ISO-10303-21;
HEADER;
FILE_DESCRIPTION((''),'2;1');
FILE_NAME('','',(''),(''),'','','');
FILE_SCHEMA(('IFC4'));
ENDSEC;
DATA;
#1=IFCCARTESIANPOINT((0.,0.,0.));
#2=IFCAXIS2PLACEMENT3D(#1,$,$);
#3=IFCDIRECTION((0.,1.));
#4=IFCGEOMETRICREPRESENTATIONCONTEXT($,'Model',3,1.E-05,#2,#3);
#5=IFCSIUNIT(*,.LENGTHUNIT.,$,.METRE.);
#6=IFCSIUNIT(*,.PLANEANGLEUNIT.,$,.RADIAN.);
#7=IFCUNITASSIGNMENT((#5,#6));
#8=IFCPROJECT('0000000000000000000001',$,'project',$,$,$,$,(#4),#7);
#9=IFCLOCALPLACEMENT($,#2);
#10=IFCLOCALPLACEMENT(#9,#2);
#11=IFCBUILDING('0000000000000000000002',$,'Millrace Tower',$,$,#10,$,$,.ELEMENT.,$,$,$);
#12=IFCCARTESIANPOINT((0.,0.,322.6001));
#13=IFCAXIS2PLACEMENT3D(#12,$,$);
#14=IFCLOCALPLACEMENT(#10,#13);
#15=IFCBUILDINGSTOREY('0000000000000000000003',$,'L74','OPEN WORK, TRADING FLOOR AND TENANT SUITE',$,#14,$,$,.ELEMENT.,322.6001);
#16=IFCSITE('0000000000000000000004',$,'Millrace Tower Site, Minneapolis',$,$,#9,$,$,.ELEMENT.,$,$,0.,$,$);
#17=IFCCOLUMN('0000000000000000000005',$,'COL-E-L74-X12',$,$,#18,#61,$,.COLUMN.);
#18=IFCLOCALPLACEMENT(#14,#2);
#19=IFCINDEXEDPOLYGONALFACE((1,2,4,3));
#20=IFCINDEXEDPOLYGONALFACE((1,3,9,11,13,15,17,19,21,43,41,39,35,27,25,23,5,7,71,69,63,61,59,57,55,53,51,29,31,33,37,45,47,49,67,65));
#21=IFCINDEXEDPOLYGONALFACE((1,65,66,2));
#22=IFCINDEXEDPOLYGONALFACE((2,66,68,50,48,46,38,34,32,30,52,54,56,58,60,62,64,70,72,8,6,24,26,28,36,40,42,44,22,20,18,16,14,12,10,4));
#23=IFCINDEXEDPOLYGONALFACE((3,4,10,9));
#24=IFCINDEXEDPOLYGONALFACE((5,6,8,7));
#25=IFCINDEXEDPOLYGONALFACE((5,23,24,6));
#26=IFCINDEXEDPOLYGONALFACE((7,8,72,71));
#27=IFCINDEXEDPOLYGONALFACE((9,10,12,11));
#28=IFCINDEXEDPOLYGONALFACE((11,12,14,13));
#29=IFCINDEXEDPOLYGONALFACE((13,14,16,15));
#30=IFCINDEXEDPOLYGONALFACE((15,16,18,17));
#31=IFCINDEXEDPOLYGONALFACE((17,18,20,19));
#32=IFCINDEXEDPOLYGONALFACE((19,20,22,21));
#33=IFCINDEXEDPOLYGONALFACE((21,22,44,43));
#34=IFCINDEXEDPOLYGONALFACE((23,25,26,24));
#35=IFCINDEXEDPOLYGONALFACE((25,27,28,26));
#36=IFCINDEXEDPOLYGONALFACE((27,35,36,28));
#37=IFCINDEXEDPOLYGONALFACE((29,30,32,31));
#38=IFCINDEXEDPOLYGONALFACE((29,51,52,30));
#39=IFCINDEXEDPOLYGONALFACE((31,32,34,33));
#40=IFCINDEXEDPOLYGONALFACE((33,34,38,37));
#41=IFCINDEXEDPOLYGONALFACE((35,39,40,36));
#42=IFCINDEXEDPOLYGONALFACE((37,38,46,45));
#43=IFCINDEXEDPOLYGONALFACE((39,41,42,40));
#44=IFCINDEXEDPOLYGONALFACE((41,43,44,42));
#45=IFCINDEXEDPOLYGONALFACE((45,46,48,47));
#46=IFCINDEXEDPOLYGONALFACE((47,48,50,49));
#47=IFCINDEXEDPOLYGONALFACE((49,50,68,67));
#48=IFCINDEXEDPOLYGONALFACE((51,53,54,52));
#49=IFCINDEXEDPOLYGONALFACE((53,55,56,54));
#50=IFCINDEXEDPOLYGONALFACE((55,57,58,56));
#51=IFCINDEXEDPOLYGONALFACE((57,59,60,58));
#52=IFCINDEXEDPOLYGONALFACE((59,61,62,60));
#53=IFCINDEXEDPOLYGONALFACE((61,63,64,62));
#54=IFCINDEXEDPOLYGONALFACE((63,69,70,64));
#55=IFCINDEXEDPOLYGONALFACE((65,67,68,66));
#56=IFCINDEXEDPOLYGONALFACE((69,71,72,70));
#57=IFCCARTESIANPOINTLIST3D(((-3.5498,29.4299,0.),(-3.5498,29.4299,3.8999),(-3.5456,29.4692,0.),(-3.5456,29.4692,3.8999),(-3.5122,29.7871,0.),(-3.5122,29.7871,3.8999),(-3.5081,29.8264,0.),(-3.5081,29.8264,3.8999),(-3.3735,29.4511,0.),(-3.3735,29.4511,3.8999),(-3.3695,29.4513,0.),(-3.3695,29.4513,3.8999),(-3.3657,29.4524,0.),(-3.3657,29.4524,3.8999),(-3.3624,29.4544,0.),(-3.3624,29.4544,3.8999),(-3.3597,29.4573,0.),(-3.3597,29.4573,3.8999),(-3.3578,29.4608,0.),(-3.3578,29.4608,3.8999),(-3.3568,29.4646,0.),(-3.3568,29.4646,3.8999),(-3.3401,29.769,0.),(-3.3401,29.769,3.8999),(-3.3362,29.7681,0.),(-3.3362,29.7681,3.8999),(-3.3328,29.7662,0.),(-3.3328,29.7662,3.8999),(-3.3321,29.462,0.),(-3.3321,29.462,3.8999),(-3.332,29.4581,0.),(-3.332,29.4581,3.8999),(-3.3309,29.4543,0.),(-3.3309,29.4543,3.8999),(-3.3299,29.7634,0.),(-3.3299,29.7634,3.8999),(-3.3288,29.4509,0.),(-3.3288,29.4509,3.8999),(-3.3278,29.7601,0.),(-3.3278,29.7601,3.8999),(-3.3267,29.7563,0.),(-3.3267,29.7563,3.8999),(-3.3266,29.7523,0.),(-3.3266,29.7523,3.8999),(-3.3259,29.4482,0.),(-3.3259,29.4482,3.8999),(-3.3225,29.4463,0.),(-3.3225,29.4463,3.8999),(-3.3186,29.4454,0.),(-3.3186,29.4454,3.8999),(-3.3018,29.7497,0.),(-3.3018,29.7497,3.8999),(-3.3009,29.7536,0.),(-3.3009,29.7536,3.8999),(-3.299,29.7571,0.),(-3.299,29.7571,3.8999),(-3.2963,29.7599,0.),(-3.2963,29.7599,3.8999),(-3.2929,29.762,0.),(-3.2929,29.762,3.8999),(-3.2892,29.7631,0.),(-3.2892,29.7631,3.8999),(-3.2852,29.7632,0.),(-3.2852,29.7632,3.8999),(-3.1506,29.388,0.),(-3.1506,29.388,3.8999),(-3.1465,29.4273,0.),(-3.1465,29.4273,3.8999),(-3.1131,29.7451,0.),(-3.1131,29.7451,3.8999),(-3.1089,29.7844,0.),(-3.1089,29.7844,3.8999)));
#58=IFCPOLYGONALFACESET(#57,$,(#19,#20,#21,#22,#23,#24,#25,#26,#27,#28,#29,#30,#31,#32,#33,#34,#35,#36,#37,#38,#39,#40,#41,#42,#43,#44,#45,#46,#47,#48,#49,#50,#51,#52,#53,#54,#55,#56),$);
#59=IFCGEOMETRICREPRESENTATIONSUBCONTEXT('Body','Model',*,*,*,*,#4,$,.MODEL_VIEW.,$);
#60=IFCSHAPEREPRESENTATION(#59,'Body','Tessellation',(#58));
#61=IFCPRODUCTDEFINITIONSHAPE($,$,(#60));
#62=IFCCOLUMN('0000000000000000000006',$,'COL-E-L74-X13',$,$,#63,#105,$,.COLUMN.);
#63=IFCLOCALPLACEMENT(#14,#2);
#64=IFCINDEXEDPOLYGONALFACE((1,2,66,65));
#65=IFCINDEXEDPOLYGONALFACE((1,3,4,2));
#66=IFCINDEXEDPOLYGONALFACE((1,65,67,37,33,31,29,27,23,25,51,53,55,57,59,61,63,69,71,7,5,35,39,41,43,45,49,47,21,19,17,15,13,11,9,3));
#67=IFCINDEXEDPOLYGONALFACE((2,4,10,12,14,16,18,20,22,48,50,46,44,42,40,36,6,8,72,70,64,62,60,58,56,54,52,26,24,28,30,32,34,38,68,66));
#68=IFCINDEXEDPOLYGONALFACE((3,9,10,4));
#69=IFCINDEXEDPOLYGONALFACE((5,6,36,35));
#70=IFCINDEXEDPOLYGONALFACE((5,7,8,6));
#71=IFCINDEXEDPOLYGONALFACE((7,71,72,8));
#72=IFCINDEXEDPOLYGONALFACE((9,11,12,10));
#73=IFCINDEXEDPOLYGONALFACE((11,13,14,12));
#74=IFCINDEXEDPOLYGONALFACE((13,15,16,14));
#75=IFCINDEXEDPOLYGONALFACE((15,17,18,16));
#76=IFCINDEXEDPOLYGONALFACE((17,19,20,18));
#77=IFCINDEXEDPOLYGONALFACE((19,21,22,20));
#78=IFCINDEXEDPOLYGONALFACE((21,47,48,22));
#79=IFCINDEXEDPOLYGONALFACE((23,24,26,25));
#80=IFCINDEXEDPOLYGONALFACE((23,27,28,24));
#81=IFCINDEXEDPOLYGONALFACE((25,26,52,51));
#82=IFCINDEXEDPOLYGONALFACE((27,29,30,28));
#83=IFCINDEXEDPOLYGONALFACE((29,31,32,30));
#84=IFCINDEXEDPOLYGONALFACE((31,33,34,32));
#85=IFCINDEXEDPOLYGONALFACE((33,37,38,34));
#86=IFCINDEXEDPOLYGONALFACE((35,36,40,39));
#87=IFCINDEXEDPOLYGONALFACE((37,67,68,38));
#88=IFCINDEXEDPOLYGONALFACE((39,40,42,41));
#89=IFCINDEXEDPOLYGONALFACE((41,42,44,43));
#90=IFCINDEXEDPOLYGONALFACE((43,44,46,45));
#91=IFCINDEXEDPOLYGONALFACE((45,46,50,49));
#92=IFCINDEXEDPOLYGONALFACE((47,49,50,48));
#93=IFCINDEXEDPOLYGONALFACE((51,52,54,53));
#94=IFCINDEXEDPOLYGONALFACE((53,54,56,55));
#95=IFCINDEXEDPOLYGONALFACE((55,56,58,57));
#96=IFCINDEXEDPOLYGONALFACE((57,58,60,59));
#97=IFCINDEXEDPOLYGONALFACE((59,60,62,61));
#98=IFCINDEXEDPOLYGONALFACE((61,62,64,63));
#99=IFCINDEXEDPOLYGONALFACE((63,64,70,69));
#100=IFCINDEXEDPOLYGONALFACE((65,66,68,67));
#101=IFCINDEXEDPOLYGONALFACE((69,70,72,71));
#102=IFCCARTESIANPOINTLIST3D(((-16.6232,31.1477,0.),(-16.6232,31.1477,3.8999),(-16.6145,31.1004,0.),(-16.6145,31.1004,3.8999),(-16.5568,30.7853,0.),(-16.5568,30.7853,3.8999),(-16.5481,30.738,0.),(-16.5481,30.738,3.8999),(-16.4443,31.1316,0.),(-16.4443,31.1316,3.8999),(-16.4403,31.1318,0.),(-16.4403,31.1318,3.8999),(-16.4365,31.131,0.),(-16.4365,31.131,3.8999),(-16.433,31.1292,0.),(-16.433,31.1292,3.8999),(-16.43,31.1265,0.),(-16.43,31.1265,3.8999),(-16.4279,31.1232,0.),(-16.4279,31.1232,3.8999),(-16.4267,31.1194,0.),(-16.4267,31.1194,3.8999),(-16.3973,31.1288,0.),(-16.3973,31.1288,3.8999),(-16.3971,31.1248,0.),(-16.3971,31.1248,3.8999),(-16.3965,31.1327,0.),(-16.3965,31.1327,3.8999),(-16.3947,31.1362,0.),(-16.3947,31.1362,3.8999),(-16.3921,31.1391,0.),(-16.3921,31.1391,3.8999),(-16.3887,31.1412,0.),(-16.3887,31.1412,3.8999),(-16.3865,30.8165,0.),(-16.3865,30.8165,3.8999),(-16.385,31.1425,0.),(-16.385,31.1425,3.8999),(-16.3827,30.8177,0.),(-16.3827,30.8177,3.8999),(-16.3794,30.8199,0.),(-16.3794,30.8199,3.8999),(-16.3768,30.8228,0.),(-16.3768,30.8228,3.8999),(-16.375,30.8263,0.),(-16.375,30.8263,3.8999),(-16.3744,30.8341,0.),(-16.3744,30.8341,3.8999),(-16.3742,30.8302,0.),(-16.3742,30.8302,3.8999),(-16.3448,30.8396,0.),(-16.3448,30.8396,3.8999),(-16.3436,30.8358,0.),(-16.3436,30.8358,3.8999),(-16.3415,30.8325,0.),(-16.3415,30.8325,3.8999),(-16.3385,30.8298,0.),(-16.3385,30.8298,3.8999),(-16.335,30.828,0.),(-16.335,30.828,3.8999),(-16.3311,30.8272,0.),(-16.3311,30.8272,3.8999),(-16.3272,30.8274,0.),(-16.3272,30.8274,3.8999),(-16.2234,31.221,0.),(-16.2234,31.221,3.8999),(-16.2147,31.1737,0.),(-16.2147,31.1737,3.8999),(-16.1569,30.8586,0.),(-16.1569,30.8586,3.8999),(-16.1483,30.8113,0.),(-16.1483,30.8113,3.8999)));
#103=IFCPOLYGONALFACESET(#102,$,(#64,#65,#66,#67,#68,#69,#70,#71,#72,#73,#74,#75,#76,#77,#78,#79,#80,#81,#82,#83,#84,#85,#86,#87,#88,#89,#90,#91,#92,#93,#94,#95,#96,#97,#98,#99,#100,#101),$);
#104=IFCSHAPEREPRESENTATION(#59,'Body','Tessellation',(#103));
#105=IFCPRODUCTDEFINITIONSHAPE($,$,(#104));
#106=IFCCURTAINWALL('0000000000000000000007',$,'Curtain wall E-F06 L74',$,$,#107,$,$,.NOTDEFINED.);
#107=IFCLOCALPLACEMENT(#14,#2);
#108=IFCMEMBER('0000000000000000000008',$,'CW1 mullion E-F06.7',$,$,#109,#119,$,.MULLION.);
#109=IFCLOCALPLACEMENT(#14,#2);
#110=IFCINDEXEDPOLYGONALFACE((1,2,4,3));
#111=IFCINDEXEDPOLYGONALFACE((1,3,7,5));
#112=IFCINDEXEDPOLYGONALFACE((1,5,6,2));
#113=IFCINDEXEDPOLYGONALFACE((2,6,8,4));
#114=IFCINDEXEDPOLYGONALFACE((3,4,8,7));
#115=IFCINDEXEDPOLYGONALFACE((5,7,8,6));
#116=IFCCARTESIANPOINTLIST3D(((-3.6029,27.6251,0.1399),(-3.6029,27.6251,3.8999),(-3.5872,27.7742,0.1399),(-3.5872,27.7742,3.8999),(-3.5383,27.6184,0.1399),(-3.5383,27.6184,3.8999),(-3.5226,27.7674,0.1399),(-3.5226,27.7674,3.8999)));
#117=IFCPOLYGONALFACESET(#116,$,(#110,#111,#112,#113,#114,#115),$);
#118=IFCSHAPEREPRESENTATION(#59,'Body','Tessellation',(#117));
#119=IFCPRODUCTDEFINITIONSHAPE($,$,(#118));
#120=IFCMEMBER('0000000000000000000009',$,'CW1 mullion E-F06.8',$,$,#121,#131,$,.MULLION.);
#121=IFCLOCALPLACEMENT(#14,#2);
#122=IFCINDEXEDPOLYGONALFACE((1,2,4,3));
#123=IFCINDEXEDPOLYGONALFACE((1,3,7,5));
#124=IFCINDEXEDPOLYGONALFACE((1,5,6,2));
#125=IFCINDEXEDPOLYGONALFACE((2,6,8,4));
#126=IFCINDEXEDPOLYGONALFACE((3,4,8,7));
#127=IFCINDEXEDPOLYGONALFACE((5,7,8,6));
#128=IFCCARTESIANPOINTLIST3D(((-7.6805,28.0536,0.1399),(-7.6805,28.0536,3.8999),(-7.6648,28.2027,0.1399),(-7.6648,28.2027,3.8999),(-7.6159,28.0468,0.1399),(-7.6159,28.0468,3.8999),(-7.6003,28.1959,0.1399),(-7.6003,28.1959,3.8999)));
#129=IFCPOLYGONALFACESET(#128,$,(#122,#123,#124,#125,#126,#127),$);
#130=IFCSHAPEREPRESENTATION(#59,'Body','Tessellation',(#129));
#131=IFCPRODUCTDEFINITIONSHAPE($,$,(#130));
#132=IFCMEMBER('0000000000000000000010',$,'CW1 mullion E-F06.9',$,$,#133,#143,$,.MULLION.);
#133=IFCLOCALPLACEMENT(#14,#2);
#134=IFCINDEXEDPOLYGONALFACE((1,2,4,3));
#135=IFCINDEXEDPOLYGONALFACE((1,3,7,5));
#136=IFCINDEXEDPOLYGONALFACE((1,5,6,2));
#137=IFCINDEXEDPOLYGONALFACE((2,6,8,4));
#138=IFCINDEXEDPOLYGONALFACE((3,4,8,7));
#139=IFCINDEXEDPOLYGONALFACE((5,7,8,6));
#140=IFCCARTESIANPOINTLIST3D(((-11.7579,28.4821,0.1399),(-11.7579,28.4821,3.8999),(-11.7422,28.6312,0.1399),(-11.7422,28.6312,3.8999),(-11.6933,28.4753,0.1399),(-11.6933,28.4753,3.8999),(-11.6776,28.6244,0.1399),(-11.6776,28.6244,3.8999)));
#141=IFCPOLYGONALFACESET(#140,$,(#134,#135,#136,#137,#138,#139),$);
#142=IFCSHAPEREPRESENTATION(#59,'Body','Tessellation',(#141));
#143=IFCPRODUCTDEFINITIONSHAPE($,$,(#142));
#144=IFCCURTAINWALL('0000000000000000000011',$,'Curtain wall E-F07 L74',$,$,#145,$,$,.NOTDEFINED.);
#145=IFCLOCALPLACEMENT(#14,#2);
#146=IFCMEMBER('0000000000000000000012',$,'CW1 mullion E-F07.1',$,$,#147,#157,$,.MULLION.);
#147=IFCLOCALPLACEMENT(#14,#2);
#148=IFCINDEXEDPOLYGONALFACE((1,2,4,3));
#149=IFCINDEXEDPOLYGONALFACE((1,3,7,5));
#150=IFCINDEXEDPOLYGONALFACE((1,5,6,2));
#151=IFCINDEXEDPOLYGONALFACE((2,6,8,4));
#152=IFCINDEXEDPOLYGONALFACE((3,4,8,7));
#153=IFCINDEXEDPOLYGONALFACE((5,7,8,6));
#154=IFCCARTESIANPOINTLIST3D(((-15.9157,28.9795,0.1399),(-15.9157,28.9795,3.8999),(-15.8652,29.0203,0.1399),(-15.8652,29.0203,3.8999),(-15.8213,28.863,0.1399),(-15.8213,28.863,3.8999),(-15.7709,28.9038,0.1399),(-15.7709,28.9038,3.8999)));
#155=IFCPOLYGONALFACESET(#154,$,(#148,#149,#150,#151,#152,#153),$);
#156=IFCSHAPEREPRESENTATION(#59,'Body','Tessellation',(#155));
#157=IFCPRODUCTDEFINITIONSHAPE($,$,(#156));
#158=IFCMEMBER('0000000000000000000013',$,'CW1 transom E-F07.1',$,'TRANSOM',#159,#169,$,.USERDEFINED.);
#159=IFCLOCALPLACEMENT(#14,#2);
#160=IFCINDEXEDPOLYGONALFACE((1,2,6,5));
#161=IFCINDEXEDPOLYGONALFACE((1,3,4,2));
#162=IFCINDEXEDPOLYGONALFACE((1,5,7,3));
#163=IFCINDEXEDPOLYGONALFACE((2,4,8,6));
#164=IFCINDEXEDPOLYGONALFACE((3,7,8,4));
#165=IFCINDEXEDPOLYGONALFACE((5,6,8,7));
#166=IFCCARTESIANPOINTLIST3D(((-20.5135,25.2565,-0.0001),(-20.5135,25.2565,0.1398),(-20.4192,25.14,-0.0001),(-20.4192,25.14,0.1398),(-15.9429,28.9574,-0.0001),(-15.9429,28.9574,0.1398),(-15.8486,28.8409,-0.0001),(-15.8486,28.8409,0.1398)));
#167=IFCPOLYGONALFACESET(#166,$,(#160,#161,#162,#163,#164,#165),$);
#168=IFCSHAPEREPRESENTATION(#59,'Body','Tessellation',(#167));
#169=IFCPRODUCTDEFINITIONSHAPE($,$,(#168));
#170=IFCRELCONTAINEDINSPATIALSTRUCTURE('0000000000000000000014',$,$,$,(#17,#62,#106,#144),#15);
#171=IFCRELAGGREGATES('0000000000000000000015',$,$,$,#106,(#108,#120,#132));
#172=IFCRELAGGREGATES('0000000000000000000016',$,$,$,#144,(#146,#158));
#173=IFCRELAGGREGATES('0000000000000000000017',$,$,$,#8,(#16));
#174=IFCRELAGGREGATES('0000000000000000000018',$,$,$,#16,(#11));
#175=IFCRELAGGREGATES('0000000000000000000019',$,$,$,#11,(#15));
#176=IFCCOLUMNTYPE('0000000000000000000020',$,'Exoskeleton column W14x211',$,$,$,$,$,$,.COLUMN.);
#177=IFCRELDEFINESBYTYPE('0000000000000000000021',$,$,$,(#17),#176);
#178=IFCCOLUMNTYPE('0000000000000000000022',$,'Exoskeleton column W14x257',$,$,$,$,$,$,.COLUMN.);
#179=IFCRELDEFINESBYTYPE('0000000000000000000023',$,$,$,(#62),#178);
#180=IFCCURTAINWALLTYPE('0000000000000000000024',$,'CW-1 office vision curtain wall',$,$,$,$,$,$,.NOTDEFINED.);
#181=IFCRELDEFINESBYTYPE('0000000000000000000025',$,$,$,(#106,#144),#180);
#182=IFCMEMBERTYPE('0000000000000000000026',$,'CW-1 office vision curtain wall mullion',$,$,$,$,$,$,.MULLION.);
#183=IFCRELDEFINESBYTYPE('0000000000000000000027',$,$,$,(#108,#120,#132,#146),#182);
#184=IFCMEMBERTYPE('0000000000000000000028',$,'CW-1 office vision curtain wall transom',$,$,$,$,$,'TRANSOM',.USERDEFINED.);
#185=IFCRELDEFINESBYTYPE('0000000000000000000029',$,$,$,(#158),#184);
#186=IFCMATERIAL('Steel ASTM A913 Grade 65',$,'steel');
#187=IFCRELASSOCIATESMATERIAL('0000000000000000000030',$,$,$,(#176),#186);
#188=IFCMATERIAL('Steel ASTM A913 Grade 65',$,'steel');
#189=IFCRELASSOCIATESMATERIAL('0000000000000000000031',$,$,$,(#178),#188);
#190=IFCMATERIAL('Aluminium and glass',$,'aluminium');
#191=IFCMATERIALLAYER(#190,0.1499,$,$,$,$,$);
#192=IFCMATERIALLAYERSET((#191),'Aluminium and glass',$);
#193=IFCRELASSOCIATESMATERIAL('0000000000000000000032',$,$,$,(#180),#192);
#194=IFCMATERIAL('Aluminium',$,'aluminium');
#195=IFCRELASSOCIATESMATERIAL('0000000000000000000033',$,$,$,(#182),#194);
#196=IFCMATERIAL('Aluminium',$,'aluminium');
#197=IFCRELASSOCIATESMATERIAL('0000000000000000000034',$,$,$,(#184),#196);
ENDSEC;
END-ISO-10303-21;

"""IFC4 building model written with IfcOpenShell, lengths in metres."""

from ifc_helpers import new_model, si_unit, direction, frame, origin, origin_2d, place, context, subcontext, project, spatial, rectangle, i_section, extrude, material, layer, layer_set, material_profile, profile_set, type_object, element, aggregate, save


model = new_model("IFC4")

# Units and contexts
model_context = context("Model", 3, precision=1e-05, world=origin(), true_north=direction((0.0, 1.0)))
body_context = subcontext(model_context, "Body", "Model", "MODEL_VIEW")
ifc_project = project(units=[si_unit("LENGTHUNIT", "METRE"), si_unit("PLANEANGLEUNIT", "RADIAN")], contexts=[model_context])

# Site, building, storey
site_placement = place(None, origin())
site = spatial("IfcSite", under=ifc_project, at=site_placement, Name="Millrace Tower Site, Minneapolis", CompositionType="ELEMENT", RefElevation=0.0)
building_placement = place(site_placement, origin())
building = spatial("IfcBuilding", under=site, at=building_placement, Name="Millrace Tower", CompositionType="ELEMENT")
storey_placement = place(building_placement, frame((0.0, 0.0, 322.6001)))
storey = spatial("IfcBuildingStorey", under=building, at=storey_placement, Name="L74", Description="OPEN WORK, TRADING FLOOR AND TENANT SUITE", CompositionType="ELEMENT", Elevation=322.6001)

# Columns
ifc_material_1 = material(Name="Steel ASTM A913 Grade 65", Category="steel")
ifc_material_profile_1 = material_profile(ifc_material_1, i_section(OverallWidth=0.4014, OverallDepth=0.3987, WebThickness=0.0249, FlangeThickness=0.0396, FilletRadius=0.0151, at=origin_2d()))
ifc_profile_set_1 = profile_set([ifc_material_profile_1], Name="Steel ASTM A913 Grade 65")
column_type_1 = type_object("IfcColumnType", Name="Exoskeleton column W14x211", PredefinedType="COLUMN", material=ifc_profile_set_1)
column_1_placement = place(storey_placement, frame((-3.3293, 29.6072, 0.0), z_axis=(0.0, 0.0, 1.0), x_axis=(-0.994522, 0.104528, 0.0)))
element("IfcColumn", 1, at=column_1_placement, inside=storey, type_object=column_type_1, Name="COL-E-L74-X12", PredefinedType="COLUMN", context=body_context, shape_type="SweptSolid", body=[
    extrude(i_section(OverallWidth=0.4014, OverallDepth=0.3987, WebThickness=0.0249, FlangeThickness=0.0396, FilletRadius=0.0151, at=origin_2d()), origin(), (0.0, 0.0, 1.0), 3.8999),
])
ifc_material_2 = material(Name="Steel ASTM A913 Grade 65", Category="steel")
ifc_material_profile_2 = material_profile(ifc_material_2, i_section(OverallWidth=0.4065, OverallDepth=0.4165, WebThickness=0.03, FlangeThickness=0.0481, FilletRadius=0.0151, at=origin_2d()))
ifc_profile_set_2 = profile_set([ifc_material_profile_2], Name="Steel ASTM A913 Grade 65")
column_type_2 = type_object("IfcColumnType", Name="Exoskeleton column W14x257", PredefinedType="COLUMN", material=ifc_profile_set_2)
column_2_placement = place(storey_placement, frame((-16.3857, 30.9795, 0.0), z_axis=(0.0, 0.0, 1.0), x_axis=(-0.983596, -0.180387, 0.0)))
element("IfcColumn", 2, at=column_2_placement, inside=storey, type_object=column_type_2, Name="COL-E-L74-X13", PredefinedType="COLUMN", context=body_context, shape_type="SweptSolid", body=[
    extrude(i_section(OverallWidth=0.4065, OverallDepth=0.4165, WebThickness=0.03, FlangeThickness=0.0481, FilletRadius=0.0151, at=origin_2d()), origin(), (0.0, 0.0, 1.0), 3.8999),
])

# Curtain walls, members
ifc_material_3 = material(Name="Aluminium and glass", Category="aluminium")
ifc_layer_1 = layer(ifc_material_3, 0.1499)
ifc_layer_set_1 = layer_set([ifc_layer_1], Name="Aluminium and glass")
curtain_wall_type = type_object("IfcCurtainWallType", Name="CW-1 office vision curtain wall", PredefinedType="NOTDEFINED", material=ifc_layer_set_1)
placement = place(storey_placement, origin())
curtain_wall_1 = element("IfcCurtainWall", 3, at=placement, inside=storey, type_object=curtain_wall_type, Name="Curtain wall E-F06 L74", PredefinedType="NOTDEFINED")
ifc_material_4 = material(Name="Aluminium", Category="aluminium")
ifc_material_profile_3 = material_profile(ifc_material_4, rectangle(XDim=0.0649, YDim=0.1499, at=origin_2d()))
ifc_profile_set_3 = profile_set([ifc_material_profile_3], Name="Aluminium")
member_type_1 = type_object("IfcMemberType", Name="CW-1 office vision curtain wall mullion", PredefinedType="MULLION", material=ifc_profile_set_3)
member_1_placement = place(storey_placement, frame((-3.5627, 27.6963, 0.1399), z_axis=(0.0, 0.0, 1.0), x_axis=(-0.994522, 0.104528, 0.0)))
member_1 = element("IfcMember", 4, at=member_1_placement, type_object=member_type_1, Name="CW1 mullion E-F06.7", PredefinedType="MULLION", context=body_context, shape_type="SweptSolid", body=[
    extrude(rectangle(XDim=0.0649, YDim=0.1499, at=origin_2d()), origin(), (0.0, 0.0, 1.0), 3.76),
])
member_2_placement = place(storey_placement, frame((-7.6404, 28.1248, 0.1399), z_axis=(0.0, 0.0, 1.0), x_axis=(-0.994522, 0.104528, 0.0)))
member_2 = element("IfcMember", 5, at=member_2_placement, type_object=member_type_1, Name="CW1 mullion E-F06.8", PredefinedType="MULLION", context=body_context, shape_type="SweptSolid", body=[
    extrude(rectangle(XDim=0.0649, YDim=0.1499, at=origin_2d()), origin(), (0.0, 0.0, 1.0), 3.76),
])
member_3_placement = place(storey_placement, frame((-11.7178, 28.5532, 0.1399), z_axis=(0.0, 0.0, 1.0), x_axis=(-0.994522, 0.104528, 0.0)))
member_3 = element("IfcMember", 6, at=member_3_placement, type_object=member_type_1, Name="CW1 mullion E-F06.9", PredefinedType="MULLION", context=body_context, shape_type="SweptSolid", body=[
    extrude(rectangle(XDim=0.0649, YDim=0.1499, at=origin_2d()), origin(), (0.0, 0.0, 1.0), 3.76),
])
aggregate(curtain_wall_1, [member_1, member_2, member_3])
curtain_wall_2 = element("IfcCurtainWall", 7, at=placement, inside=storey, type_object=curtain_wall_type, Name="Curtain wall E-F07 L74", PredefinedType="NOTDEFINED")
member_4_placement = place(storey_placement, frame((-15.8433, 28.9417, 0.1399), z_axis=(0.0, 0.0, 1.0), x_axis=(-0.777146, -0.62932, 0.0)))
member_4 = element("IfcMember", 8, at=member_4_placement, type_object=member_type_1, Name="CW1 mullion E-F07.1", PredefinedType="MULLION", context=body_context, shape_type="SweptSolid", body=[
    extrude(rectangle(XDim=0.0649, YDim=0.1499, at=origin_2d()), origin(), (0.0, 0.0, 1.0), 3.76),
])
ifc_material_5 = material(Name="Aluminium", Category="aluminium")
ifc_material_profile_4 = material_profile(ifc_material_5, rectangle(XDim=0.1499, YDim=0.1399, at=origin_2d()))
ifc_profile_set_4 = profile_set([ifc_material_profile_4], Name="Aluminium")
member_type_2 = type_object("IfcMemberType", Name="CW-1 office vision curtain wall transom", ElementType="TRANSOM", PredefinedType="USERDEFINED", material=ifc_profile_set_4)
member_5_placement = place(storey_placement, frame((-15.8958, 28.8992, 0.0698), z_axis=(-0.777166, -0.629296, 0.0), x_axis=(0.629296, -0.777166, 0.0)))
member_5 = element("IfcMember", 9, at=member_5_placement, type_object=member_type_2, Name="CW1 transom E-F07.1", ObjectType="TRANSOM", PredefinedType="USERDEFINED", context=body_context, shape_type="SweptSolid", body=[
    extrude(rectangle(XDim=0.1499, YDim=0.1399, at=origin_2d()), origin(), (0.0, 0.0, 1.0), 5.8811),
])
aggregate(curtain_wall_2, [member_4, member_5])

save(model, "model.ifc")
